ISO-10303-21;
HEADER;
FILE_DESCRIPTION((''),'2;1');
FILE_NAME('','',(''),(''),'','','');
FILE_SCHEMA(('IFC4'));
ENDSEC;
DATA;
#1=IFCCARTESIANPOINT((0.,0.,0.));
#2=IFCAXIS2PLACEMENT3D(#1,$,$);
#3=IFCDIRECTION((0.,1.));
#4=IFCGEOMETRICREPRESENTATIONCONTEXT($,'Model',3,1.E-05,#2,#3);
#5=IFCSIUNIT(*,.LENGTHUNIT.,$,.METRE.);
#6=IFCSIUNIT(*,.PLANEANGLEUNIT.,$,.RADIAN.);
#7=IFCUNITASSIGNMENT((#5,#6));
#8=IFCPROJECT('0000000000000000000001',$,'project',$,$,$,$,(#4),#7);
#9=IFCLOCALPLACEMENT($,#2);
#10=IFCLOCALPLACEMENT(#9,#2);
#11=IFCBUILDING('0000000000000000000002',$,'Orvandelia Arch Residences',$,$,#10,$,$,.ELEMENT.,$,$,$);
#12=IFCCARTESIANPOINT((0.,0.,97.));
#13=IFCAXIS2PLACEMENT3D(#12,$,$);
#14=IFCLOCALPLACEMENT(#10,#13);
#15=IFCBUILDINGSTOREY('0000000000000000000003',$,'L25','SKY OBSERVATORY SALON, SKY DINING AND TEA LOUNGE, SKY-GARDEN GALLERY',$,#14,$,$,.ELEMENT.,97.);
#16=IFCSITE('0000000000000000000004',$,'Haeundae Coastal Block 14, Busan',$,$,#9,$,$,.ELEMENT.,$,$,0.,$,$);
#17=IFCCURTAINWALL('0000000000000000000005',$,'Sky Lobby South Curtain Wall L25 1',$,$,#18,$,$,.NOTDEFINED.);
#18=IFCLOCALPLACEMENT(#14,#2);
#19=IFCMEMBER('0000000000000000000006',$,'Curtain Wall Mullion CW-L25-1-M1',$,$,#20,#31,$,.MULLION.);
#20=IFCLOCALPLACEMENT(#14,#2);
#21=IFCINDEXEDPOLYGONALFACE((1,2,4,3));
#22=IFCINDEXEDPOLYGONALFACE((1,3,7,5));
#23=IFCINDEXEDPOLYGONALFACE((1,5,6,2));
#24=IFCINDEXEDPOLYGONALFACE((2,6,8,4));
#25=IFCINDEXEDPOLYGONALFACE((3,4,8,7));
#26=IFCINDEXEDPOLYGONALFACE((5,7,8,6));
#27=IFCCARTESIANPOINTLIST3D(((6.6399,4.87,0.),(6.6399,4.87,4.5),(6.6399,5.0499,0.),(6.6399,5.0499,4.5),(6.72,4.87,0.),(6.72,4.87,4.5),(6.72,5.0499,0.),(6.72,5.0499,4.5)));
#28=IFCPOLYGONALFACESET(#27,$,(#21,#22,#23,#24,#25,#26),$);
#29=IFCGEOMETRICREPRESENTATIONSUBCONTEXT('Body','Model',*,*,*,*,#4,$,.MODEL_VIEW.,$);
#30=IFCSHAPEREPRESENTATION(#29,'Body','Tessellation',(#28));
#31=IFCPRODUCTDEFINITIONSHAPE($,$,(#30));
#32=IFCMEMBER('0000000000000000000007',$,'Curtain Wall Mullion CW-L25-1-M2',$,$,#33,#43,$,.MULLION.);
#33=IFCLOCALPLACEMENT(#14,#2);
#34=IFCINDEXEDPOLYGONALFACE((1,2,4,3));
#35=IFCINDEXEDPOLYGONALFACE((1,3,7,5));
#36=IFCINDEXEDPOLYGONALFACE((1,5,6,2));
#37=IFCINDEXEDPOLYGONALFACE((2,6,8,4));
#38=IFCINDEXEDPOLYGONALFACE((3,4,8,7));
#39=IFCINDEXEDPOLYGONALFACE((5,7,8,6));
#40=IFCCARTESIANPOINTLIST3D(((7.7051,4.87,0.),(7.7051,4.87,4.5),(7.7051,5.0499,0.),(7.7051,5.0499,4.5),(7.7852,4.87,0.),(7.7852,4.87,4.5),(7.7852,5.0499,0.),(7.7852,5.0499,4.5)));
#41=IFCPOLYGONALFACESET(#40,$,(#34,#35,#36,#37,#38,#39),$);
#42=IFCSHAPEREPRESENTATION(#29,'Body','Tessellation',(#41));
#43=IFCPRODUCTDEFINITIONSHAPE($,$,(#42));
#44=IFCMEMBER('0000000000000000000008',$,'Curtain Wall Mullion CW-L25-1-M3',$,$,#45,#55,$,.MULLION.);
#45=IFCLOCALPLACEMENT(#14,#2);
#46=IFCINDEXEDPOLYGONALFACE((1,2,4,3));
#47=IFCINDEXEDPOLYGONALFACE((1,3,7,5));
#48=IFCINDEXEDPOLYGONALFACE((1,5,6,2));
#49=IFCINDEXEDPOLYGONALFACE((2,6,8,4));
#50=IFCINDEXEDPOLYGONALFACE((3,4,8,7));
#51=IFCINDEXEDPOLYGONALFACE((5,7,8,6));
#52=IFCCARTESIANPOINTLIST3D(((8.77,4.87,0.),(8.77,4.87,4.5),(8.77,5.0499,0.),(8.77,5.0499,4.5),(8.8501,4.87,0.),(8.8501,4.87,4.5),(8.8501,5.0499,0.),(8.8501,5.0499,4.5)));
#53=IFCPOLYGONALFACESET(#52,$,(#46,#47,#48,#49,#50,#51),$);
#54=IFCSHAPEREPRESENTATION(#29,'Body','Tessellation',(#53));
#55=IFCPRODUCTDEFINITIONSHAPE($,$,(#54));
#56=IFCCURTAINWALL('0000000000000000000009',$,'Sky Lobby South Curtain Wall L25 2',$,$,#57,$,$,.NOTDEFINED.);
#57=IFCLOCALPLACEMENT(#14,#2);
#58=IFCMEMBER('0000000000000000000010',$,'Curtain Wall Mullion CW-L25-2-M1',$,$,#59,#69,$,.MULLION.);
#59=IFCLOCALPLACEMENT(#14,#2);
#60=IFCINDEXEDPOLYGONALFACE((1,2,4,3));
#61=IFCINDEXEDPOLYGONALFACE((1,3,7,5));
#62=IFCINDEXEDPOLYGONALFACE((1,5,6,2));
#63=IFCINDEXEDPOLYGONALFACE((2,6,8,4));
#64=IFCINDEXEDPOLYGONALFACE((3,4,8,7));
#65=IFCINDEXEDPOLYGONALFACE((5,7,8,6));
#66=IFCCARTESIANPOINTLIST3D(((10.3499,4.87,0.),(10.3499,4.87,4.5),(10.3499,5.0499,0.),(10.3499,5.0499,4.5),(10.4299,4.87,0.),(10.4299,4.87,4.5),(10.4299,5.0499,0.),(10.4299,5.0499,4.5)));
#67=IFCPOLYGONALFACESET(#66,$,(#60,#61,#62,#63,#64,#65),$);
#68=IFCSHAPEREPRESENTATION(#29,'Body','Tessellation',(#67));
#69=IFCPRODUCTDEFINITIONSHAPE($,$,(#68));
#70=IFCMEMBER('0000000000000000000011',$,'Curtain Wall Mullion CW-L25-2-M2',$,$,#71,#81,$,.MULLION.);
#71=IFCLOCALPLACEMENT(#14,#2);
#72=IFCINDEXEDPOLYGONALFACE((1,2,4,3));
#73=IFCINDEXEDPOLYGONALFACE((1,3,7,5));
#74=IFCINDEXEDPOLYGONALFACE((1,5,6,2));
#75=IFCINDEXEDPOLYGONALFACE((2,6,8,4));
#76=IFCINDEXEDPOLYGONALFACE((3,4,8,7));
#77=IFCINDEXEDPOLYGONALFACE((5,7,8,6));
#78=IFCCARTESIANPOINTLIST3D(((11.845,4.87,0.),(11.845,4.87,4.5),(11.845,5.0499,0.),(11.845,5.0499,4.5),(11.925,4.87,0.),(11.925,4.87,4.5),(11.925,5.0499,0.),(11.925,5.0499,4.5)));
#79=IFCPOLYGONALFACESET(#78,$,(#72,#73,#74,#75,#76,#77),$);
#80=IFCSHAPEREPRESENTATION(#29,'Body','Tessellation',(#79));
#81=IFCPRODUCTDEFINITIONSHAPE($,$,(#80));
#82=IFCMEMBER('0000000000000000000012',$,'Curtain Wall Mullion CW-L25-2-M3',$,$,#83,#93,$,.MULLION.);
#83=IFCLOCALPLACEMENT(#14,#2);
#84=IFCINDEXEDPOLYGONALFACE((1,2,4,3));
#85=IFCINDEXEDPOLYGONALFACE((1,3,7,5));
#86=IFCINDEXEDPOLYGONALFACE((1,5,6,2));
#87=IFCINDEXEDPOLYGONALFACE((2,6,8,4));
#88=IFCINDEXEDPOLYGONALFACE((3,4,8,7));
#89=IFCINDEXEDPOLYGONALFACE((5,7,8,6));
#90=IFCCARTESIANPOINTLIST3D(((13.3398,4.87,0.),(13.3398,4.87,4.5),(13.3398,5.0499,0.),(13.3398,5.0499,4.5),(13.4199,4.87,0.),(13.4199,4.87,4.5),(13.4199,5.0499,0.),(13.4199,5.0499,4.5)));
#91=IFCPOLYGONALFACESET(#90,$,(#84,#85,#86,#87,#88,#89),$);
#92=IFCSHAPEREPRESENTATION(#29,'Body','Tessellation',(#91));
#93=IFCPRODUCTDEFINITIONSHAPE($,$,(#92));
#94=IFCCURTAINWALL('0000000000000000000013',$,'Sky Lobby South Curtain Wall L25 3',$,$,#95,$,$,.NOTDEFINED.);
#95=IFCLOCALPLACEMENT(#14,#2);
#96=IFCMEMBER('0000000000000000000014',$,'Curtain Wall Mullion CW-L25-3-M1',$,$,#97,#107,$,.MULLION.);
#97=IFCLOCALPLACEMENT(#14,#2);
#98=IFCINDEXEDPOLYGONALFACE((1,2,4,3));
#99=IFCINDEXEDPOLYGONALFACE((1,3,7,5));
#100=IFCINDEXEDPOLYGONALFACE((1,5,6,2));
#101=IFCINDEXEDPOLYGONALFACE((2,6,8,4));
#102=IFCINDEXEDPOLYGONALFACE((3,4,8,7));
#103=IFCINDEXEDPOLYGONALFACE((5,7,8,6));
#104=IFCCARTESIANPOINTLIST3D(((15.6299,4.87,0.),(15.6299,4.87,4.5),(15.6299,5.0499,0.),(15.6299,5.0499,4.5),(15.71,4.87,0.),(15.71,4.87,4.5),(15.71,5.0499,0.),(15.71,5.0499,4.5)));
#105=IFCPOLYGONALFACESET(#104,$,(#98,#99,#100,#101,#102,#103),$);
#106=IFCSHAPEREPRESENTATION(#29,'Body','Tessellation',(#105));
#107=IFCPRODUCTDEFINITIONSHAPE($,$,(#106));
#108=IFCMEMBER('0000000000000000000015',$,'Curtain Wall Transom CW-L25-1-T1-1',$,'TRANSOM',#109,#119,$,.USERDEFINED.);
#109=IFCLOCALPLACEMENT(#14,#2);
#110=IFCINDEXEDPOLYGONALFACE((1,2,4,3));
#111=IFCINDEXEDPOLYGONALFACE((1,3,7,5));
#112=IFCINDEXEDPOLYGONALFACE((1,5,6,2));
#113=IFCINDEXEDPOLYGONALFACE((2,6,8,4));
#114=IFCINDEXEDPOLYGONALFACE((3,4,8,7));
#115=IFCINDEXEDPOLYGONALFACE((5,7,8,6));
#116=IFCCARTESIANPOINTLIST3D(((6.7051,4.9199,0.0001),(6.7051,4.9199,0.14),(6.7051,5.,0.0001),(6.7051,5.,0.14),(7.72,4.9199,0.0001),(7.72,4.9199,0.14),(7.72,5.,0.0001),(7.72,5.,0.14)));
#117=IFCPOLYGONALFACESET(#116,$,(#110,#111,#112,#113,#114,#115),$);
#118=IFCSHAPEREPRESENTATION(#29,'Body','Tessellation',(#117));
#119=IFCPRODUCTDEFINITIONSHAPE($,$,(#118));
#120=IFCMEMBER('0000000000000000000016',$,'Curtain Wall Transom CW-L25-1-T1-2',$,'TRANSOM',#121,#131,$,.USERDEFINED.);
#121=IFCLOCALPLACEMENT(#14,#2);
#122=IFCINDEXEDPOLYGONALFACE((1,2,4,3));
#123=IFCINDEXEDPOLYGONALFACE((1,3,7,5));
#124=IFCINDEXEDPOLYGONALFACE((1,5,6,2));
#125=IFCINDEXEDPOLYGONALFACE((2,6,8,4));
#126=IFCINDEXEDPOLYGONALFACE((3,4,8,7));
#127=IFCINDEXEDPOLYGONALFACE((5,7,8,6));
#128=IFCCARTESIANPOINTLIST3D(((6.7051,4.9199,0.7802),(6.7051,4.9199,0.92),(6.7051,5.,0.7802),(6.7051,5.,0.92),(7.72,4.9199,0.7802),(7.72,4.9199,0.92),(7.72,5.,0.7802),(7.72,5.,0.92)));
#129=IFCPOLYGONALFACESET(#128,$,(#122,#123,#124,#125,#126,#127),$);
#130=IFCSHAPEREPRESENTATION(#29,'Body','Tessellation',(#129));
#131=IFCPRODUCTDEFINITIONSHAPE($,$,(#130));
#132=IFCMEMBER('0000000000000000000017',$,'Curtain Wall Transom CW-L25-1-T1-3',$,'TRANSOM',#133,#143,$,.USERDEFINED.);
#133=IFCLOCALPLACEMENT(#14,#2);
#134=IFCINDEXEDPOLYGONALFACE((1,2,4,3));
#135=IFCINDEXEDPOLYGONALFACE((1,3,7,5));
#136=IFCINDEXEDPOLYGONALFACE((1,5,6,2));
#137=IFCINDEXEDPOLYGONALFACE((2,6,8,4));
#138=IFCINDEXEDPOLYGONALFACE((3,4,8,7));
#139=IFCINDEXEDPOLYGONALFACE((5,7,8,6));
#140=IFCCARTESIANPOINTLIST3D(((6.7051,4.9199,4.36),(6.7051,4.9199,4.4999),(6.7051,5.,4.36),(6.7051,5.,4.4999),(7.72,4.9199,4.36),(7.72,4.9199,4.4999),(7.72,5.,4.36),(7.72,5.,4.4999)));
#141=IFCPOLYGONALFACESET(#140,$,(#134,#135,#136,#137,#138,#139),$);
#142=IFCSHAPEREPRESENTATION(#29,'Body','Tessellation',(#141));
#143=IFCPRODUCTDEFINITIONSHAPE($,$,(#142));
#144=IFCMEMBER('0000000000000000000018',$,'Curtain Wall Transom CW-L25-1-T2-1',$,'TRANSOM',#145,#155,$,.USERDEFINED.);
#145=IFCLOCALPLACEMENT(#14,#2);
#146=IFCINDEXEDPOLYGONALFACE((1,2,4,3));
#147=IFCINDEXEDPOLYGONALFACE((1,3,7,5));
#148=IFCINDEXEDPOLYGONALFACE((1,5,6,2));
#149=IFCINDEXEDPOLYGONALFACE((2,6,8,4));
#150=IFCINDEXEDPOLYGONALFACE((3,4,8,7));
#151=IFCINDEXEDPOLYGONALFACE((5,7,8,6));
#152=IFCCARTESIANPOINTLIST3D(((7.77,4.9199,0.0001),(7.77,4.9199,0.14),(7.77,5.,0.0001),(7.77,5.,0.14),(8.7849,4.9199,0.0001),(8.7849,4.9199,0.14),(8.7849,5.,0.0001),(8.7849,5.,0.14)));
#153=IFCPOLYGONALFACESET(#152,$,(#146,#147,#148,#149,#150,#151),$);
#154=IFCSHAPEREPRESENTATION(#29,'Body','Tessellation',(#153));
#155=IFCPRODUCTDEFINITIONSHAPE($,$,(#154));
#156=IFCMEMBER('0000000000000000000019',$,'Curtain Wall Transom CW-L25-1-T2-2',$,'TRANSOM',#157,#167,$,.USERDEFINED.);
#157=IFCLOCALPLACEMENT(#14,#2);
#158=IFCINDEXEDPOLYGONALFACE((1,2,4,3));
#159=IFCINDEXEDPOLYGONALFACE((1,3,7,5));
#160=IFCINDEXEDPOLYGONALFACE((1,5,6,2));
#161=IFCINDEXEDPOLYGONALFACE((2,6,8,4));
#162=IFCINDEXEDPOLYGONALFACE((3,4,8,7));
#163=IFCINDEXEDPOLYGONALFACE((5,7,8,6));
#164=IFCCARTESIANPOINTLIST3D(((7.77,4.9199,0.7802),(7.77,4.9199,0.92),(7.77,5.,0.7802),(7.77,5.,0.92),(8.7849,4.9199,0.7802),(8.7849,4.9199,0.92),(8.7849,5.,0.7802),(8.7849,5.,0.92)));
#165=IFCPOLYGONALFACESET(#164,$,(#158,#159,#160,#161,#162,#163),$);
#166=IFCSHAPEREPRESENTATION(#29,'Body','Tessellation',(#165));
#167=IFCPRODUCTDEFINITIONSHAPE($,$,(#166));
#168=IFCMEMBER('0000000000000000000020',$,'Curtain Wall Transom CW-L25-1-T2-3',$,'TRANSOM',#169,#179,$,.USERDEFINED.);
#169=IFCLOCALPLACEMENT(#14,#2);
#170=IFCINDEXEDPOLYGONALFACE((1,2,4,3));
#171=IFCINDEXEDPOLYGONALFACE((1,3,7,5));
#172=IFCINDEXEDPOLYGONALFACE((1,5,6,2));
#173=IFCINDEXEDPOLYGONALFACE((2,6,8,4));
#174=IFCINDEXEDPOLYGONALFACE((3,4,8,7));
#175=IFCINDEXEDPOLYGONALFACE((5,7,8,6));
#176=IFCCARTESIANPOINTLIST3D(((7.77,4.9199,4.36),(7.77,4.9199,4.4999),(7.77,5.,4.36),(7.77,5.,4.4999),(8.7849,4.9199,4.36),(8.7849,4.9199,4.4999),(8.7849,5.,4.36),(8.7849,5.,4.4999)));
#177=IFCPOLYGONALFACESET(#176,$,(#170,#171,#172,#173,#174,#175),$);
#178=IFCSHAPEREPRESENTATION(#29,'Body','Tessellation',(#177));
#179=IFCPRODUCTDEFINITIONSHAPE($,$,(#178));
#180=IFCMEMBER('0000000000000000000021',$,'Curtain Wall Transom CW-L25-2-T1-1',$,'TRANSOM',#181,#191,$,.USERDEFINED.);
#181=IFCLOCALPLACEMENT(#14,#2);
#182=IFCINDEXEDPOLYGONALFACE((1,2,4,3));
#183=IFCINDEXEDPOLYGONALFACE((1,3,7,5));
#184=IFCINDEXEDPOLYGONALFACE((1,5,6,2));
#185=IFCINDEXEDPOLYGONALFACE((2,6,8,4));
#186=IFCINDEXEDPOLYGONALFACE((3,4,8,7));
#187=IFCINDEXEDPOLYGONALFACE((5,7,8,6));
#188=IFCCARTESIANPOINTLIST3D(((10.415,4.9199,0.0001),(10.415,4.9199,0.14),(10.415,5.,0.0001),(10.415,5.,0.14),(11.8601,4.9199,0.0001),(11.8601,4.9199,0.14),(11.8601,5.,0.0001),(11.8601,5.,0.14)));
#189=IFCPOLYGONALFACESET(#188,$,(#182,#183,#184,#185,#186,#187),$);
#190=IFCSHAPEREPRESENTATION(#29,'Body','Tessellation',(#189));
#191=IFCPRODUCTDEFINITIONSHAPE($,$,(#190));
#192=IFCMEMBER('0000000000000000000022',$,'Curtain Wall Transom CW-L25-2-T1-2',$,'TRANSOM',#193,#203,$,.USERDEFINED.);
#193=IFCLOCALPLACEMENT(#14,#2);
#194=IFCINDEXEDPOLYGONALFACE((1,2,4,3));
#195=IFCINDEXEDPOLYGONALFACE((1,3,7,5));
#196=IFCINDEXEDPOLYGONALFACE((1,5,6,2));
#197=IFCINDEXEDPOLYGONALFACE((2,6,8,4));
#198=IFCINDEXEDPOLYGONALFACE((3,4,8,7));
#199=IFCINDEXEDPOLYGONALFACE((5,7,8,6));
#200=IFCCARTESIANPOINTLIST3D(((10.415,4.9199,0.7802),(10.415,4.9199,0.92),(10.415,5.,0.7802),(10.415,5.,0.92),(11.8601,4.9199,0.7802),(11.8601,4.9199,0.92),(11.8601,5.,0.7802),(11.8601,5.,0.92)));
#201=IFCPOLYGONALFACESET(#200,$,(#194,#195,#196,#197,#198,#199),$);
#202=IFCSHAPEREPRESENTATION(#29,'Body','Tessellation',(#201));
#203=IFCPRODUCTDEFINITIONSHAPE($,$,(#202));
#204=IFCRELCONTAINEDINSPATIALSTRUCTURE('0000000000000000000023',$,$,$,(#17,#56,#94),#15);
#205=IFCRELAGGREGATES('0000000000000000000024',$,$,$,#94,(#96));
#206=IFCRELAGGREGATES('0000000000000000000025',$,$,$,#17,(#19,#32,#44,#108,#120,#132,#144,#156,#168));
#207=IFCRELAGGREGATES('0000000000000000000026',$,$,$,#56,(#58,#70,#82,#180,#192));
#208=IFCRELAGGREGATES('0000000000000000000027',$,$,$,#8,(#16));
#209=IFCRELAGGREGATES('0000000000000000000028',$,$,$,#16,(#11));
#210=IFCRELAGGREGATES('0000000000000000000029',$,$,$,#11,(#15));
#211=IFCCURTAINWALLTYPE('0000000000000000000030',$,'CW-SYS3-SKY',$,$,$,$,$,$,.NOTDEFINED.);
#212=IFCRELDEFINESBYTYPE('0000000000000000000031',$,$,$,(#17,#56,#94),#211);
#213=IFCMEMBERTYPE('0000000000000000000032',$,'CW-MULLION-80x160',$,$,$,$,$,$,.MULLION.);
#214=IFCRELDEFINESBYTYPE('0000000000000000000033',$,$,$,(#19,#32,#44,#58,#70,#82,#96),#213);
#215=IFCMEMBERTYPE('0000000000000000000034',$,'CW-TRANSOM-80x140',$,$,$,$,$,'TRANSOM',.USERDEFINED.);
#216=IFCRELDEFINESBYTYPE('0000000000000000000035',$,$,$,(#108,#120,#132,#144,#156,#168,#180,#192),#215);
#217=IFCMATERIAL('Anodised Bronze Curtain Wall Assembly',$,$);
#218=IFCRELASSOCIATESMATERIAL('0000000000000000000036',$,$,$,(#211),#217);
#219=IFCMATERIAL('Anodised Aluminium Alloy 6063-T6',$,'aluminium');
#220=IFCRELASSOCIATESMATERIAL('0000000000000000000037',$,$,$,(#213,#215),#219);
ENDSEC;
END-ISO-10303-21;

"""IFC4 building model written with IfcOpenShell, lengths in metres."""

from ifc_helpers import new_model, si_unit, direction, frame, origin, origin_2d, place, context, subcontext, project, spatial, rectangle, extrude, material, material_profile, profile_set, type_object, element, aggregate, save


model = new_model("IFC4")

# Units and contexts
model_context = context("Model", 3, precision=1e-05, world=origin(), true_north=direction((0.0, 1.0)))
body_context = subcontext(model_context, "Body", "Model", "MODEL_VIEW")
ifc_project = project(units=[si_unit("LENGTHUNIT", "METRE"), si_unit("PLANEANGLEUNIT", "RADIAN")], contexts=[model_context])

# Site, building, storey
site_placement = place(None, origin())
site = spatial("IfcSite", under=ifc_project, at=site_placement, Name="Haeundae Coastal Block 14, Busan", CompositionType="ELEMENT", RefElevation=0.0)
building_placement = place(site_placement, origin())
building = spatial("IfcBuilding", under=site, at=building_placement, Name="Orvandelia Arch Residences", CompositionType="ELEMENT")
storey_placement = place(building_placement, frame((0.0, 0.0, 97.0)))
storey = spatial("IfcBuildingStorey", under=building, at=storey_placement, Name="L25", Description="SKY OBSERVATORY SALON, SKY DINING AND TEA LOUNGE, SKY-GARDEN GALLERY", CompositionType="ELEMENT", Elevation=97.0)

# Curtain walls, members
ifc_material_1 = material(Name="Anodised Bronze Curtain Wall Assembly")
curtain_wall_type = type_object("IfcCurtainWallType", Name="CW-SYS3-SKY", PredefinedType="NOTDEFINED", material=ifc_material_1)
curtain_wall_1_placement = place(storey_placement, origin())
curtain_wall_1 = element("IfcCurtainWall", 1, at=curtain_wall_1_placement, inside=storey, type_object=curtain_wall_type, Name="Sky Lobby South Curtain Wall L25 1", PredefinedType="NOTDEFINED")
ifc_material_2 = material(Name="Anodised Aluminium Alloy 6063-T6", Category="aluminium")
ifc_material_profile_1 = material_profile(ifc_material_2, rectangle(XDim=0.0801, YDim=0.1799, at=origin_2d()), Name="Anodised Aluminium Alloy 6063-T6", Category="aluminium")
ifc_profile_set_1 = profile_set([ifc_material_profile_1], Name="Anodised Aluminium Alloy 6063-T6")
member_type_1 = type_object("IfcMemberType", Name="CW-MULLION-80x160", PredefinedType="MULLION", material=ifc_profile_set_1)
member_1_placement = place(storey_placement, frame((6.6799, 4.96, 0.0), z_axis=(0.0, 0.0, 1.0), x_axis=(1.0, 0.0, 0.0)))
member_1 = element("IfcMember", 2, at=member_1_placement, type_object=member_type_1, Name="Curtain Wall Mullion CW-L25-1-M1", PredefinedType="MULLION", context=body_context, shape_type="SweptSolid", body=[
    extrude(rectangle(XDim=0.0801, YDim=0.1799, at=origin_2d()), origin(), (0.0, 0.0, 1.0), 4.5),
])
member_2_placement = place(storey_placement, frame((7.7451, 4.96, 0.0), z_axis=(0.0, 0.0, 1.0), x_axis=(1.0, 0.0, 0.0)))
member_2 = element("IfcMember", 3, at=member_2_placement, type_object=member_type_1, Name="Curtain Wall Mullion CW-L25-1-M2", PredefinedType="MULLION", context=body_context, shape_type="SweptSolid", body=[
    extrude(rectangle(XDim=0.0801, YDim=0.1799, at=origin_2d()), origin(), (0.0, 0.0, 1.0), 4.5),
])
member_3_placement = place(storey_placement, frame((8.8101, 4.96, 0.0), z_axis=(0.0, 0.0, 1.0), x_axis=(1.0, 0.0, 0.0)))
member_3 = element("IfcMember", 4, at=member_3_placement, type_object=member_type_1, Name="Curtain Wall Mullion CW-L25-1-M3", PredefinedType="MULLION", context=body_context, shape_type="SweptSolid", body=[
    extrude(rectangle(XDim=0.0801, YDim=0.1799, at=origin_2d()), origin(), (0.0, 0.0, 1.0), 4.5),
])
curtain_wall_2_placement = place(storey_placement, origin())
curtain_wall_2 = element("IfcCurtainWall", 5, at=curtain_wall_2_placement, inside=storey, type_object=curtain_wall_type, Name="Sky Lobby South Curtain Wall L25 2", PredefinedType="NOTDEFINED")
member_4_placement = place(storey_placement, frame((10.3899, 4.96, 0.0), z_axis=(0.0, 0.0, 1.0), x_axis=(1.0, 0.0, 0.0)))
member_4 = element("IfcMember", 6, at=member_4_placement, type_object=member_type_1, Name="Curtain Wall Mullion CW-L25-2-M1", PredefinedType="MULLION", context=body_context, shape_type="SweptSolid", body=[
    extrude(rectangle(XDim=0.0801, YDim=0.1799, at=origin_2d()), origin(), (0.0, 0.0, 1.0), 4.5),
])
member_5_placement = place(storey_placement, frame((11.885, 4.96, 0.0), z_axis=(0.0, 0.0, 1.0), x_axis=(1.0, 0.0, 0.0)))
member_5 = element("IfcMember", 7, at=member_5_placement, type_object=member_type_1, Name="Curtain Wall Mullion CW-L25-2-M2", PredefinedType="MULLION", context=body_context, shape_type="SweptSolid", body=[
    extrude(rectangle(XDim=0.0801, YDim=0.1799, at=origin_2d()), origin(), (0.0, 0.0, 1.0), 4.5),
])
member_6_placement = place(storey_placement, frame((13.3799, 4.96, 0.0), z_axis=(0.0, 0.0, 1.0), x_axis=(1.0, 0.0, 0.0)))
member_6 = element("IfcMember", 8, at=member_6_placement, type_object=member_type_1, Name="Curtain Wall Mullion CW-L25-2-M3", PredefinedType="MULLION", context=body_context, shape_type="SweptSolid", body=[
    extrude(rectangle(XDim=0.0801, YDim=0.1799, at=origin_2d()), origin(), (0.0, 0.0, 1.0), 4.5),
])

# Curtain wall, member
curtain_wall_3_placement = place(storey_placement, origin())
curtain_wall_3 = element("IfcCurtainWall", 9, at=curtain_wall_3_placement, inside=storey, type_object=curtain_wall_type, Name="Sky Lobby South Curtain Wall L25 3", PredefinedType="NOTDEFINED")
member_7_placement = place(storey_placement, frame((15.6699, 4.96, 0.0), z_axis=(0.0, 0.0, 1.0), x_axis=(1.0, 0.0, 0.0)))
member_7 = element("IfcMember", 10, at=member_7_placement, type_object=member_type_1, Name="Curtain Wall Mullion CW-L25-3-M1", PredefinedType="MULLION", context=body_context, shape_type="SweptSolid", body=[
    extrude(rectangle(XDim=0.0801, YDim=0.1799, at=origin_2d()), origin(), (0.0, 0.0, 1.0), 4.5),
])

# Members
ifc_material_profile_2 = material_profile(ifc_material_2, rectangle(XDim=0.0801, YDim=0.1399, at=origin_2d()), Name="Anodised Aluminium Alloy 6063-T6", Category="aluminium")
ifc_profile_set_2 = profile_set([ifc_material_profile_2], Name="Anodised Aluminium Alloy 6063-T6")
member_type_2 = type_object("IfcMemberType", Name="CW-TRANSOM-80x140", ElementType="TRANSOM", PredefinedType="USERDEFINED", material=ifc_profile_set_2)
member_8_placement = place(storey_placement, frame((6.7051, 4.96, 0.0701), z_axis=(1.0, 0.0, 0.0), x_axis=(0.0, 1.0, 0.0)))
member_8 = element("IfcMember", 11, at=member_8_placement, type_object=member_type_2, Name="Curtain Wall Transom CW-L25-1-T1-1", ObjectType="TRANSOM", PredefinedType="USERDEFINED", context=body_context, shape_type="SweptSolid", body=[
    extrude(rectangle(XDim=0.0801, YDim=0.1399, at=origin_2d()), origin(), (0.0, 0.0, 1.0), 1.0149),
])
member_9_placement = place(storey_placement, frame((6.7051, 4.96, 0.8501), z_axis=(1.0, 0.0, 0.0), x_axis=(0.0, 1.0, 0.0)))
member_9 = element("IfcMember", 12, at=member_9_placement, type_object=member_type_2, Name="Curtain Wall Transom CW-L25-1-T1-2", ObjectType="TRANSOM", PredefinedType="USERDEFINED", context=body_context, shape_type="SweptSolid", body=[
    extrude(rectangle(XDim=0.0801, YDim=0.1399, at=origin_2d()), origin(), (0.0, 0.0, 1.0), 1.0149),
])
member_10_placement = place(storey_placement, frame((6.7051, 4.96, 4.4299), z_axis=(1.0, 0.0, 0.0), x_axis=(0.0, 1.0, 0.0)))
member_10 = element("IfcMember", 13, at=member_10_placement, type_object=member_type_2, Name="Curtain Wall Transom CW-L25-1-T1-3", ObjectType="TRANSOM", PredefinedType="USERDEFINED", context=body_context, shape_type="SweptSolid", body=[
    extrude(rectangle(XDim=0.0801, YDim=0.1399, at=origin_2d()), origin(), (0.0, 0.0, 1.0), 1.0149),
])
member_11_placement = place(storey_placement, frame((7.77, 4.96, 0.0701), z_axis=(1.0, 0.0, 0.0), x_axis=(0.0, 1.0, 0.0)))
member_11 = element("IfcMember", 14, at=member_11_placement, type_object=member_type_2, Name="Curtain Wall Transom CW-L25-1-T2-1", ObjectType="TRANSOM", PredefinedType="USERDEFINED", context=body_context, shape_type="SweptSolid", body=[
    extrude(rectangle(XDim=0.0801, YDim=0.1399, at=origin_2d()), origin(), (0.0, 0.0, 1.0), 1.0149),
])
member_12_placement = place(storey_placement, frame((7.77, 4.96, 0.8501), z_axis=(1.0, 0.0, 0.0), x_axis=(0.0, 1.0, 0.0)))
member_12 = element("IfcMember", 15, at=member_12_placement, type_object=member_type_2, Name="Curtain Wall Transom CW-L25-1-T2-2", ObjectType="TRANSOM", PredefinedType="USERDEFINED", context=body_context, shape_type="SweptSolid", body=[
    extrude(rectangle(XDim=0.0801, YDim=0.1399, at=origin_2d()), origin(), (0.0, 0.0, 1.0), 1.0149),
])
member_13_placement = place(storey_placement, frame((7.77, 4.96, 4.4299), z_axis=(1.0, 0.0, 0.0), x_axis=(0.0, 1.0, 0.0)))
member_13 = element("IfcMember", 16, at=member_13_placement, type_object=member_type_2, Name="Curtain Wall Transom CW-L25-1-T2-3", ObjectType="TRANSOM", PredefinedType="USERDEFINED", context=body_context, shape_type="SweptSolid", body=[
    extrude(rectangle(XDim=0.0801, YDim=0.1399, at=origin_2d()), origin(), (0.0, 0.0, 1.0), 1.0149),
])
member_14_placement = place(storey_placement, frame((10.415, 4.96, 0.0701), z_axis=(1.0, 0.0, 0.0), x_axis=(0.0, 1.0, 0.0)))
member_14 = element("IfcMember", 17, at=member_14_placement, type_object=member_type_2, Name="Curtain Wall Transom CW-L25-2-T1-1", ObjectType="TRANSOM", PredefinedType="USERDEFINED", context=body_context, shape_type="SweptSolid", body=[
    extrude(rectangle(XDim=0.0801, YDim=0.1399, at=origin_2d()), origin(), (0.0, 0.0, 1.0), 1.4451),
])
member_15_placement = place(storey_placement, frame((10.415, 4.96, 0.8501), z_axis=(1.0, 0.0, 0.0), x_axis=(0.0, 1.0, 0.0)))
member_15 = element("IfcMember", 18, at=member_15_placement, type_object=member_type_2, Name="Curtain Wall Transom CW-L25-2-T1-2", ObjectType="TRANSOM", PredefinedType="USERDEFINED", context=body_context, shape_type="SweptSolid", body=[
    extrude(rectangle(XDim=0.0801, YDim=0.1399, at=origin_2d()), origin(), (0.0, 0.0, 1.0), 1.4451),
])
aggregate(curtain_wall_3, [member_7])

aggregate(curtain_wall_1, [member_1, member_2, member_3, member_8, member_9, member_10, member_11, member_12, member_13])
aggregate(curtain_wall_2, [member_4, member_5, member_6, member_14, member_15])

save(model, "model.ifc")
